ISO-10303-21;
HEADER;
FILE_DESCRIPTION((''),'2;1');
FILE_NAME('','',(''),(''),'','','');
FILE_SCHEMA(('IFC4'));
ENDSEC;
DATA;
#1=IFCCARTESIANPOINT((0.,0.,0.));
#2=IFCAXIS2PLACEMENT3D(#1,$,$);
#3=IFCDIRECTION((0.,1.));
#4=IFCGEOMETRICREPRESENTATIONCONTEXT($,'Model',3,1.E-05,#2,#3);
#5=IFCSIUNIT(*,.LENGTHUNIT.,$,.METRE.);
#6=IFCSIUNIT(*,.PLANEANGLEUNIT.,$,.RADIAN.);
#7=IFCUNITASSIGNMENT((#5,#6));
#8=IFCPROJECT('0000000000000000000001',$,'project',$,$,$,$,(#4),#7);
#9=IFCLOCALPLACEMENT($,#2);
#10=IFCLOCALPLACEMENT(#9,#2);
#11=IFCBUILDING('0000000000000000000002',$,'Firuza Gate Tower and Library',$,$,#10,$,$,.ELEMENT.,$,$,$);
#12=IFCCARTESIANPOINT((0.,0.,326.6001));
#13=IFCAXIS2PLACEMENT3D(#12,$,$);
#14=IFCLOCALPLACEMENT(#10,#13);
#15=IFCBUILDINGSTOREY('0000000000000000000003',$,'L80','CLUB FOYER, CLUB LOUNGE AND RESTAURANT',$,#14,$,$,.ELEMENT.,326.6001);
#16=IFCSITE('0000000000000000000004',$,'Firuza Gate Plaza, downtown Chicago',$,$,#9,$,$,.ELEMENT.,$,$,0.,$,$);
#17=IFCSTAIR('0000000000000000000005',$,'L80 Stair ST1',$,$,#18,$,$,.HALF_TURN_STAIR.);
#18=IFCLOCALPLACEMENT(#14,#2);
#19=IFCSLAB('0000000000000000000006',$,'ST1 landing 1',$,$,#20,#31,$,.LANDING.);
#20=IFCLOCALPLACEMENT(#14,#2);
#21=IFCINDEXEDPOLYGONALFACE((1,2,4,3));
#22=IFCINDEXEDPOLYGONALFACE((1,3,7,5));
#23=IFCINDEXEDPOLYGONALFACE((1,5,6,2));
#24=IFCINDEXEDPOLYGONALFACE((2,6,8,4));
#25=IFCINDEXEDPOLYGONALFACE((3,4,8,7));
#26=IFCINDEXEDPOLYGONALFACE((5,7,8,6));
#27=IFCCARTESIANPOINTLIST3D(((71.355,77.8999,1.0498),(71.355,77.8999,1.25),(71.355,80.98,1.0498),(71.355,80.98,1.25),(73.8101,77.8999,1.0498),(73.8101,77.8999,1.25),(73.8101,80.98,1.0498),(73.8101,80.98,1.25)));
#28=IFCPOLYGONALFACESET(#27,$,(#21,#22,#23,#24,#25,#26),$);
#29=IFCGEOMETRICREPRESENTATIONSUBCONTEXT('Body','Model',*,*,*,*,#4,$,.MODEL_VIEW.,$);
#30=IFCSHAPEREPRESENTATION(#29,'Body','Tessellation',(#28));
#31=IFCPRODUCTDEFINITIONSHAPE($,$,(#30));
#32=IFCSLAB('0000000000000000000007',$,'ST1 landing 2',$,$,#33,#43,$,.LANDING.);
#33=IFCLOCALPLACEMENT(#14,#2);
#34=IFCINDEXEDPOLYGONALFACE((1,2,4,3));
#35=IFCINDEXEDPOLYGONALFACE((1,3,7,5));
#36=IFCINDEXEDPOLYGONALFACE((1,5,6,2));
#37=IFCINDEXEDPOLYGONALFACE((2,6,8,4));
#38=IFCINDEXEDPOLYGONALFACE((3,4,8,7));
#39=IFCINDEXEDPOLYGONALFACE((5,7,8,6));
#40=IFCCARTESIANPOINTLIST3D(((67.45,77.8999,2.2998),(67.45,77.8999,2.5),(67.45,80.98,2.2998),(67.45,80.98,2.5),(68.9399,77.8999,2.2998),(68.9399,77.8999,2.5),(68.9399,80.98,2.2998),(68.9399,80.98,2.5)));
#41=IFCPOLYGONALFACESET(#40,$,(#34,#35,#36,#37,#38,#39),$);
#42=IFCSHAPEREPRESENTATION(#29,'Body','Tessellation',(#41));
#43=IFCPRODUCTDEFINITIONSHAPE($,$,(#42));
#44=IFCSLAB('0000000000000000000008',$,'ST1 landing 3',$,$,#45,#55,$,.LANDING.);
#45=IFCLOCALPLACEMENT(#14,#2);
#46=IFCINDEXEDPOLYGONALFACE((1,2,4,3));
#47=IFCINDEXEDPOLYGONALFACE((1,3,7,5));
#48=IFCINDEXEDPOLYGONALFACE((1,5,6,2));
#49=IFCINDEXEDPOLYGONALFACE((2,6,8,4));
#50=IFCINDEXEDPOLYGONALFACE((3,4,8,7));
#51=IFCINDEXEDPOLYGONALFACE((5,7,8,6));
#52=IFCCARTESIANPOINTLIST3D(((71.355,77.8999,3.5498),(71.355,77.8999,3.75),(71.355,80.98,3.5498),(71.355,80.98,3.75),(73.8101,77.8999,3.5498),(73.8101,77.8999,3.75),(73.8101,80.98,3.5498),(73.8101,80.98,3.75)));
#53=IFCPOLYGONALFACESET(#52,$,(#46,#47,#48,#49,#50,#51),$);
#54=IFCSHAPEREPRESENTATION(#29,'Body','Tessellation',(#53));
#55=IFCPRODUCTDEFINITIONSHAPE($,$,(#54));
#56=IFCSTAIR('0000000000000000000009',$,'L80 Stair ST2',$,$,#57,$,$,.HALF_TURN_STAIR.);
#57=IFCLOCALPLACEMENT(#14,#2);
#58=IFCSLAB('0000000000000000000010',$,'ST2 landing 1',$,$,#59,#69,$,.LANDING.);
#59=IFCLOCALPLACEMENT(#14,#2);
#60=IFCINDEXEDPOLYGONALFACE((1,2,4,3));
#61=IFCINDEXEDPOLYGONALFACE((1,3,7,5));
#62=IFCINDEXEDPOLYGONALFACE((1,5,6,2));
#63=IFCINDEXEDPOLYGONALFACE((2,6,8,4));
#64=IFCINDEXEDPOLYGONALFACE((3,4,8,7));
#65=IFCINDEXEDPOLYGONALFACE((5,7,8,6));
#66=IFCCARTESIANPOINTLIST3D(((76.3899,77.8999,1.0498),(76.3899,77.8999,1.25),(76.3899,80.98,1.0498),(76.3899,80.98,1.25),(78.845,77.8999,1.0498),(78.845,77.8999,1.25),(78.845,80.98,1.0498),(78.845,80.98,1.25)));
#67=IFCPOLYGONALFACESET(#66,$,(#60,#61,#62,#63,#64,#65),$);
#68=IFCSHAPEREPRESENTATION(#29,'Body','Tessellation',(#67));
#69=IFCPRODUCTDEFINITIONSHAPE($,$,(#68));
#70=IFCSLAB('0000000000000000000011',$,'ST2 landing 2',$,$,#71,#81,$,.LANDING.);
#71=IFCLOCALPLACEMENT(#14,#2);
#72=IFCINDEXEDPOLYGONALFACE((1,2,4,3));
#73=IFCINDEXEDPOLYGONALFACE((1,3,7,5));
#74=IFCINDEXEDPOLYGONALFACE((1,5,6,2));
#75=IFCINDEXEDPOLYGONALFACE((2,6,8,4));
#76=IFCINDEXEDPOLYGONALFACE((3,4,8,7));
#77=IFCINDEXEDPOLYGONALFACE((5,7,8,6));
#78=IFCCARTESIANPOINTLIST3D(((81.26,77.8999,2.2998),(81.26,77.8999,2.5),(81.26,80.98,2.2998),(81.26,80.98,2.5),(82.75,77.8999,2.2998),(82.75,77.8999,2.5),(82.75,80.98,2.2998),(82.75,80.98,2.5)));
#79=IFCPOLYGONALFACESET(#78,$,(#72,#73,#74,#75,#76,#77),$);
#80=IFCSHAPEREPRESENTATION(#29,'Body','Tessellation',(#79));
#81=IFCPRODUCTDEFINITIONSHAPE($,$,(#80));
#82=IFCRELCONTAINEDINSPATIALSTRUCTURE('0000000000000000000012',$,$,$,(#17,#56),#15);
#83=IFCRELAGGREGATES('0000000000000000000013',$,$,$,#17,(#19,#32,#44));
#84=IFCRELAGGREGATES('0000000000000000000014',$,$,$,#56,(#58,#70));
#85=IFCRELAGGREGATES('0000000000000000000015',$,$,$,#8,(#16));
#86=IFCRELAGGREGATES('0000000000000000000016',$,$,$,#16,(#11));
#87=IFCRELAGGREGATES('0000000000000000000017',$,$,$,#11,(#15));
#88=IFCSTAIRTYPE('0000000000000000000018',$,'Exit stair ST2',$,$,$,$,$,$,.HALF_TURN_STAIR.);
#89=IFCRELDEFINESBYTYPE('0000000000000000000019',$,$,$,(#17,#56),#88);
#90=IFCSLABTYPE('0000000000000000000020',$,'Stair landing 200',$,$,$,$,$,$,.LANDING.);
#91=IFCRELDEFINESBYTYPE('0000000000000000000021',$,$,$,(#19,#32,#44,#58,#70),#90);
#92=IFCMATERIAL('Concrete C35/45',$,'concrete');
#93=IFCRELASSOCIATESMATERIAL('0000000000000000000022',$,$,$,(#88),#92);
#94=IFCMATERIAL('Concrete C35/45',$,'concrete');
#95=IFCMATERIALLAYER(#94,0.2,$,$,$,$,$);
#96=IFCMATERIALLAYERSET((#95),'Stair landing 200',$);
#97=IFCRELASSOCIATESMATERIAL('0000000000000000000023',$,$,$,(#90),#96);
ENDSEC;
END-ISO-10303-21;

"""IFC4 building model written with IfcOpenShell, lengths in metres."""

from ifc_helpers import new_model, si_unit, direction, frame, origin, place, context, subcontext, project, spatial, polyline, outline, extrude, material, layer, layer_set, type_object, element, aggregate, save


model = new_model("IFC4")

# Units and contexts
model_context = context("Model", 3, precision=1e-05, world=origin(), true_north=direction((0.0, 1.0)))
body_context = subcontext(model_context, "Body", "Model", "MODEL_VIEW")
ifc_project = project(units=[si_unit("LENGTHUNIT", "METRE"), si_unit("PLANEANGLEUNIT", "RADIAN")], contexts=[model_context])

# Site, building, storey
site_placement = place(None, origin())
site = spatial("IfcSite", under=ifc_project, at=site_placement, Name="Firuza Gate Plaza, downtown Chicago", CompositionType="ELEMENT", RefElevation=0.0)
building_placement = place(site_placement, origin())
building = spatial("IfcBuilding", under=site, at=building_placement, Name="Firuza Gate Tower and Library", CompositionType="ELEMENT")
storey_placement = place(building_placement, frame((0.0, 0.0, 326.6001)))
storey = spatial("IfcBuildingStorey", under=building, at=storey_placement, Name="L80", Description="CLUB FOYER, CLUB LOUNGE AND RESTAURANT", CompositionType="ELEMENT", Elevation=326.6001)

# Stairs, slabs
ifc_material_1 = material(Name="Concrete C35/45", Category="concrete")
stair_type = type_object("IfcStairType", Name="Exit stair ST2", PredefinedType="HALF_TURN_STAIR", material=ifc_material_1)
placement_1 = place(storey_placement, origin())
stair_1 = element("IfcStair", 1, at=placement_1, inside=storey, type_object=stair_type, Name="L80 Stair ST1", PredefinedType="HALF_TURN_STAIR")
ifc_material_2 = material(Name="Concrete C35/45", Category="concrete")
ifc_layer_1 = layer(ifc_material_2, 0.2)
ifc_layer_set_1 = layer_set([ifc_layer_1], Name="Stair landing 200")
slab_type_1 = type_object("IfcSlabType", Name="Stair landing 200", PredefinedType="LANDING", material=ifc_layer_set_1)
placement_2 = place(storey_placement, frame((0.0, 0.0, 1.0498)))
slab_1 = element("IfcSlab", 2, at=placement_2, type_object=slab_type_1, Name="ST1 landing 1", PredefinedType="LANDING", context=body_context, shape_type="SweptSolid", body=[
    extrude(outline(polyline([(71.355, 77.8999), (73.8101, 77.8999), (73.8101, 80.98), (71.355, 80.98), (71.355, 77.8999)])), origin(), (0.0, 0.0, 1.0), 0.2002),
])
placement_3 = place(storey_placement, frame((0.0, 0.0, 2.2998)))
slab_2 = element("IfcSlab", 3, at=placement_3, type_object=slab_type_1, Name="ST1 landing 2", PredefinedType="LANDING", context=body_context, shape_type="SweptSolid", body=[
    extrude(outline(polyline([(67.45, 77.8999), (68.9399, 77.8999), (68.9399, 80.98), (67.45, 80.98), (67.45, 77.8999)])), origin(), (0.0, 0.0, 1.0), 0.2002),
])
slab_3_placement = place(storey_placement, frame((0.0, 0.0, 3.5498)))
slab_3 = element("IfcSlab", 4, at=slab_3_placement, type_object=slab_type_1, Name="ST1 landing 3", PredefinedType="LANDING", context=body_context, shape_type="SweptSolid", body=[
    extrude(outline(polyline([(71.355, 77.8999), (73.8101, 77.8999), (73.8101, 80.98), (71.355, 80.98), (71.355, 77.8999)])), origin(), (0.0, 0.0, 1.0), 0.2002),
])
aggregate(stair_1, [slab_1, slab_2, slab_3])
stair_2 = element("IfcStair", 5, at=placement_1, inside=storey, type_object=stair_type, Name="L80 Stair ST2", PredefinedType="HALF_TURN_STAIR")
slab_4 = element("IfcSlab", 6, at=placement_2, type_object=slab_type_1, Name="ST2 landing 1", PredefinedType="LANDING", context=body_context, shape_type="SweptSolid", body=[
    extrude(outline(polyline([(78.845, 80.98), (76.3899, 80.98), (76.3899, 77.8999), (78.845, 77.8999), (78.845, 80.98)])), origin(), (0.0, 0.0, 1.0), 0.2002),
])
slab_5 = element("IfcSlab", 7, at=placement_3, type_object=slab_type_1, Name="ST2 landing 2", PredefinedType="LANDING", context=body_context, shape_type="SweptSolid", body=[
    extrude(outline(polyline([(82.75, 80.98), (81.26, 80.98), (81.26, 77.8999), (82.75, 77.8999), (82.75, 80.98)])), origin(), (0.0, 0.0, 1.0), 0.2002),
])
aggregate(stair_2, [slab_4, slab_5])

save(model, "model.ifc")
